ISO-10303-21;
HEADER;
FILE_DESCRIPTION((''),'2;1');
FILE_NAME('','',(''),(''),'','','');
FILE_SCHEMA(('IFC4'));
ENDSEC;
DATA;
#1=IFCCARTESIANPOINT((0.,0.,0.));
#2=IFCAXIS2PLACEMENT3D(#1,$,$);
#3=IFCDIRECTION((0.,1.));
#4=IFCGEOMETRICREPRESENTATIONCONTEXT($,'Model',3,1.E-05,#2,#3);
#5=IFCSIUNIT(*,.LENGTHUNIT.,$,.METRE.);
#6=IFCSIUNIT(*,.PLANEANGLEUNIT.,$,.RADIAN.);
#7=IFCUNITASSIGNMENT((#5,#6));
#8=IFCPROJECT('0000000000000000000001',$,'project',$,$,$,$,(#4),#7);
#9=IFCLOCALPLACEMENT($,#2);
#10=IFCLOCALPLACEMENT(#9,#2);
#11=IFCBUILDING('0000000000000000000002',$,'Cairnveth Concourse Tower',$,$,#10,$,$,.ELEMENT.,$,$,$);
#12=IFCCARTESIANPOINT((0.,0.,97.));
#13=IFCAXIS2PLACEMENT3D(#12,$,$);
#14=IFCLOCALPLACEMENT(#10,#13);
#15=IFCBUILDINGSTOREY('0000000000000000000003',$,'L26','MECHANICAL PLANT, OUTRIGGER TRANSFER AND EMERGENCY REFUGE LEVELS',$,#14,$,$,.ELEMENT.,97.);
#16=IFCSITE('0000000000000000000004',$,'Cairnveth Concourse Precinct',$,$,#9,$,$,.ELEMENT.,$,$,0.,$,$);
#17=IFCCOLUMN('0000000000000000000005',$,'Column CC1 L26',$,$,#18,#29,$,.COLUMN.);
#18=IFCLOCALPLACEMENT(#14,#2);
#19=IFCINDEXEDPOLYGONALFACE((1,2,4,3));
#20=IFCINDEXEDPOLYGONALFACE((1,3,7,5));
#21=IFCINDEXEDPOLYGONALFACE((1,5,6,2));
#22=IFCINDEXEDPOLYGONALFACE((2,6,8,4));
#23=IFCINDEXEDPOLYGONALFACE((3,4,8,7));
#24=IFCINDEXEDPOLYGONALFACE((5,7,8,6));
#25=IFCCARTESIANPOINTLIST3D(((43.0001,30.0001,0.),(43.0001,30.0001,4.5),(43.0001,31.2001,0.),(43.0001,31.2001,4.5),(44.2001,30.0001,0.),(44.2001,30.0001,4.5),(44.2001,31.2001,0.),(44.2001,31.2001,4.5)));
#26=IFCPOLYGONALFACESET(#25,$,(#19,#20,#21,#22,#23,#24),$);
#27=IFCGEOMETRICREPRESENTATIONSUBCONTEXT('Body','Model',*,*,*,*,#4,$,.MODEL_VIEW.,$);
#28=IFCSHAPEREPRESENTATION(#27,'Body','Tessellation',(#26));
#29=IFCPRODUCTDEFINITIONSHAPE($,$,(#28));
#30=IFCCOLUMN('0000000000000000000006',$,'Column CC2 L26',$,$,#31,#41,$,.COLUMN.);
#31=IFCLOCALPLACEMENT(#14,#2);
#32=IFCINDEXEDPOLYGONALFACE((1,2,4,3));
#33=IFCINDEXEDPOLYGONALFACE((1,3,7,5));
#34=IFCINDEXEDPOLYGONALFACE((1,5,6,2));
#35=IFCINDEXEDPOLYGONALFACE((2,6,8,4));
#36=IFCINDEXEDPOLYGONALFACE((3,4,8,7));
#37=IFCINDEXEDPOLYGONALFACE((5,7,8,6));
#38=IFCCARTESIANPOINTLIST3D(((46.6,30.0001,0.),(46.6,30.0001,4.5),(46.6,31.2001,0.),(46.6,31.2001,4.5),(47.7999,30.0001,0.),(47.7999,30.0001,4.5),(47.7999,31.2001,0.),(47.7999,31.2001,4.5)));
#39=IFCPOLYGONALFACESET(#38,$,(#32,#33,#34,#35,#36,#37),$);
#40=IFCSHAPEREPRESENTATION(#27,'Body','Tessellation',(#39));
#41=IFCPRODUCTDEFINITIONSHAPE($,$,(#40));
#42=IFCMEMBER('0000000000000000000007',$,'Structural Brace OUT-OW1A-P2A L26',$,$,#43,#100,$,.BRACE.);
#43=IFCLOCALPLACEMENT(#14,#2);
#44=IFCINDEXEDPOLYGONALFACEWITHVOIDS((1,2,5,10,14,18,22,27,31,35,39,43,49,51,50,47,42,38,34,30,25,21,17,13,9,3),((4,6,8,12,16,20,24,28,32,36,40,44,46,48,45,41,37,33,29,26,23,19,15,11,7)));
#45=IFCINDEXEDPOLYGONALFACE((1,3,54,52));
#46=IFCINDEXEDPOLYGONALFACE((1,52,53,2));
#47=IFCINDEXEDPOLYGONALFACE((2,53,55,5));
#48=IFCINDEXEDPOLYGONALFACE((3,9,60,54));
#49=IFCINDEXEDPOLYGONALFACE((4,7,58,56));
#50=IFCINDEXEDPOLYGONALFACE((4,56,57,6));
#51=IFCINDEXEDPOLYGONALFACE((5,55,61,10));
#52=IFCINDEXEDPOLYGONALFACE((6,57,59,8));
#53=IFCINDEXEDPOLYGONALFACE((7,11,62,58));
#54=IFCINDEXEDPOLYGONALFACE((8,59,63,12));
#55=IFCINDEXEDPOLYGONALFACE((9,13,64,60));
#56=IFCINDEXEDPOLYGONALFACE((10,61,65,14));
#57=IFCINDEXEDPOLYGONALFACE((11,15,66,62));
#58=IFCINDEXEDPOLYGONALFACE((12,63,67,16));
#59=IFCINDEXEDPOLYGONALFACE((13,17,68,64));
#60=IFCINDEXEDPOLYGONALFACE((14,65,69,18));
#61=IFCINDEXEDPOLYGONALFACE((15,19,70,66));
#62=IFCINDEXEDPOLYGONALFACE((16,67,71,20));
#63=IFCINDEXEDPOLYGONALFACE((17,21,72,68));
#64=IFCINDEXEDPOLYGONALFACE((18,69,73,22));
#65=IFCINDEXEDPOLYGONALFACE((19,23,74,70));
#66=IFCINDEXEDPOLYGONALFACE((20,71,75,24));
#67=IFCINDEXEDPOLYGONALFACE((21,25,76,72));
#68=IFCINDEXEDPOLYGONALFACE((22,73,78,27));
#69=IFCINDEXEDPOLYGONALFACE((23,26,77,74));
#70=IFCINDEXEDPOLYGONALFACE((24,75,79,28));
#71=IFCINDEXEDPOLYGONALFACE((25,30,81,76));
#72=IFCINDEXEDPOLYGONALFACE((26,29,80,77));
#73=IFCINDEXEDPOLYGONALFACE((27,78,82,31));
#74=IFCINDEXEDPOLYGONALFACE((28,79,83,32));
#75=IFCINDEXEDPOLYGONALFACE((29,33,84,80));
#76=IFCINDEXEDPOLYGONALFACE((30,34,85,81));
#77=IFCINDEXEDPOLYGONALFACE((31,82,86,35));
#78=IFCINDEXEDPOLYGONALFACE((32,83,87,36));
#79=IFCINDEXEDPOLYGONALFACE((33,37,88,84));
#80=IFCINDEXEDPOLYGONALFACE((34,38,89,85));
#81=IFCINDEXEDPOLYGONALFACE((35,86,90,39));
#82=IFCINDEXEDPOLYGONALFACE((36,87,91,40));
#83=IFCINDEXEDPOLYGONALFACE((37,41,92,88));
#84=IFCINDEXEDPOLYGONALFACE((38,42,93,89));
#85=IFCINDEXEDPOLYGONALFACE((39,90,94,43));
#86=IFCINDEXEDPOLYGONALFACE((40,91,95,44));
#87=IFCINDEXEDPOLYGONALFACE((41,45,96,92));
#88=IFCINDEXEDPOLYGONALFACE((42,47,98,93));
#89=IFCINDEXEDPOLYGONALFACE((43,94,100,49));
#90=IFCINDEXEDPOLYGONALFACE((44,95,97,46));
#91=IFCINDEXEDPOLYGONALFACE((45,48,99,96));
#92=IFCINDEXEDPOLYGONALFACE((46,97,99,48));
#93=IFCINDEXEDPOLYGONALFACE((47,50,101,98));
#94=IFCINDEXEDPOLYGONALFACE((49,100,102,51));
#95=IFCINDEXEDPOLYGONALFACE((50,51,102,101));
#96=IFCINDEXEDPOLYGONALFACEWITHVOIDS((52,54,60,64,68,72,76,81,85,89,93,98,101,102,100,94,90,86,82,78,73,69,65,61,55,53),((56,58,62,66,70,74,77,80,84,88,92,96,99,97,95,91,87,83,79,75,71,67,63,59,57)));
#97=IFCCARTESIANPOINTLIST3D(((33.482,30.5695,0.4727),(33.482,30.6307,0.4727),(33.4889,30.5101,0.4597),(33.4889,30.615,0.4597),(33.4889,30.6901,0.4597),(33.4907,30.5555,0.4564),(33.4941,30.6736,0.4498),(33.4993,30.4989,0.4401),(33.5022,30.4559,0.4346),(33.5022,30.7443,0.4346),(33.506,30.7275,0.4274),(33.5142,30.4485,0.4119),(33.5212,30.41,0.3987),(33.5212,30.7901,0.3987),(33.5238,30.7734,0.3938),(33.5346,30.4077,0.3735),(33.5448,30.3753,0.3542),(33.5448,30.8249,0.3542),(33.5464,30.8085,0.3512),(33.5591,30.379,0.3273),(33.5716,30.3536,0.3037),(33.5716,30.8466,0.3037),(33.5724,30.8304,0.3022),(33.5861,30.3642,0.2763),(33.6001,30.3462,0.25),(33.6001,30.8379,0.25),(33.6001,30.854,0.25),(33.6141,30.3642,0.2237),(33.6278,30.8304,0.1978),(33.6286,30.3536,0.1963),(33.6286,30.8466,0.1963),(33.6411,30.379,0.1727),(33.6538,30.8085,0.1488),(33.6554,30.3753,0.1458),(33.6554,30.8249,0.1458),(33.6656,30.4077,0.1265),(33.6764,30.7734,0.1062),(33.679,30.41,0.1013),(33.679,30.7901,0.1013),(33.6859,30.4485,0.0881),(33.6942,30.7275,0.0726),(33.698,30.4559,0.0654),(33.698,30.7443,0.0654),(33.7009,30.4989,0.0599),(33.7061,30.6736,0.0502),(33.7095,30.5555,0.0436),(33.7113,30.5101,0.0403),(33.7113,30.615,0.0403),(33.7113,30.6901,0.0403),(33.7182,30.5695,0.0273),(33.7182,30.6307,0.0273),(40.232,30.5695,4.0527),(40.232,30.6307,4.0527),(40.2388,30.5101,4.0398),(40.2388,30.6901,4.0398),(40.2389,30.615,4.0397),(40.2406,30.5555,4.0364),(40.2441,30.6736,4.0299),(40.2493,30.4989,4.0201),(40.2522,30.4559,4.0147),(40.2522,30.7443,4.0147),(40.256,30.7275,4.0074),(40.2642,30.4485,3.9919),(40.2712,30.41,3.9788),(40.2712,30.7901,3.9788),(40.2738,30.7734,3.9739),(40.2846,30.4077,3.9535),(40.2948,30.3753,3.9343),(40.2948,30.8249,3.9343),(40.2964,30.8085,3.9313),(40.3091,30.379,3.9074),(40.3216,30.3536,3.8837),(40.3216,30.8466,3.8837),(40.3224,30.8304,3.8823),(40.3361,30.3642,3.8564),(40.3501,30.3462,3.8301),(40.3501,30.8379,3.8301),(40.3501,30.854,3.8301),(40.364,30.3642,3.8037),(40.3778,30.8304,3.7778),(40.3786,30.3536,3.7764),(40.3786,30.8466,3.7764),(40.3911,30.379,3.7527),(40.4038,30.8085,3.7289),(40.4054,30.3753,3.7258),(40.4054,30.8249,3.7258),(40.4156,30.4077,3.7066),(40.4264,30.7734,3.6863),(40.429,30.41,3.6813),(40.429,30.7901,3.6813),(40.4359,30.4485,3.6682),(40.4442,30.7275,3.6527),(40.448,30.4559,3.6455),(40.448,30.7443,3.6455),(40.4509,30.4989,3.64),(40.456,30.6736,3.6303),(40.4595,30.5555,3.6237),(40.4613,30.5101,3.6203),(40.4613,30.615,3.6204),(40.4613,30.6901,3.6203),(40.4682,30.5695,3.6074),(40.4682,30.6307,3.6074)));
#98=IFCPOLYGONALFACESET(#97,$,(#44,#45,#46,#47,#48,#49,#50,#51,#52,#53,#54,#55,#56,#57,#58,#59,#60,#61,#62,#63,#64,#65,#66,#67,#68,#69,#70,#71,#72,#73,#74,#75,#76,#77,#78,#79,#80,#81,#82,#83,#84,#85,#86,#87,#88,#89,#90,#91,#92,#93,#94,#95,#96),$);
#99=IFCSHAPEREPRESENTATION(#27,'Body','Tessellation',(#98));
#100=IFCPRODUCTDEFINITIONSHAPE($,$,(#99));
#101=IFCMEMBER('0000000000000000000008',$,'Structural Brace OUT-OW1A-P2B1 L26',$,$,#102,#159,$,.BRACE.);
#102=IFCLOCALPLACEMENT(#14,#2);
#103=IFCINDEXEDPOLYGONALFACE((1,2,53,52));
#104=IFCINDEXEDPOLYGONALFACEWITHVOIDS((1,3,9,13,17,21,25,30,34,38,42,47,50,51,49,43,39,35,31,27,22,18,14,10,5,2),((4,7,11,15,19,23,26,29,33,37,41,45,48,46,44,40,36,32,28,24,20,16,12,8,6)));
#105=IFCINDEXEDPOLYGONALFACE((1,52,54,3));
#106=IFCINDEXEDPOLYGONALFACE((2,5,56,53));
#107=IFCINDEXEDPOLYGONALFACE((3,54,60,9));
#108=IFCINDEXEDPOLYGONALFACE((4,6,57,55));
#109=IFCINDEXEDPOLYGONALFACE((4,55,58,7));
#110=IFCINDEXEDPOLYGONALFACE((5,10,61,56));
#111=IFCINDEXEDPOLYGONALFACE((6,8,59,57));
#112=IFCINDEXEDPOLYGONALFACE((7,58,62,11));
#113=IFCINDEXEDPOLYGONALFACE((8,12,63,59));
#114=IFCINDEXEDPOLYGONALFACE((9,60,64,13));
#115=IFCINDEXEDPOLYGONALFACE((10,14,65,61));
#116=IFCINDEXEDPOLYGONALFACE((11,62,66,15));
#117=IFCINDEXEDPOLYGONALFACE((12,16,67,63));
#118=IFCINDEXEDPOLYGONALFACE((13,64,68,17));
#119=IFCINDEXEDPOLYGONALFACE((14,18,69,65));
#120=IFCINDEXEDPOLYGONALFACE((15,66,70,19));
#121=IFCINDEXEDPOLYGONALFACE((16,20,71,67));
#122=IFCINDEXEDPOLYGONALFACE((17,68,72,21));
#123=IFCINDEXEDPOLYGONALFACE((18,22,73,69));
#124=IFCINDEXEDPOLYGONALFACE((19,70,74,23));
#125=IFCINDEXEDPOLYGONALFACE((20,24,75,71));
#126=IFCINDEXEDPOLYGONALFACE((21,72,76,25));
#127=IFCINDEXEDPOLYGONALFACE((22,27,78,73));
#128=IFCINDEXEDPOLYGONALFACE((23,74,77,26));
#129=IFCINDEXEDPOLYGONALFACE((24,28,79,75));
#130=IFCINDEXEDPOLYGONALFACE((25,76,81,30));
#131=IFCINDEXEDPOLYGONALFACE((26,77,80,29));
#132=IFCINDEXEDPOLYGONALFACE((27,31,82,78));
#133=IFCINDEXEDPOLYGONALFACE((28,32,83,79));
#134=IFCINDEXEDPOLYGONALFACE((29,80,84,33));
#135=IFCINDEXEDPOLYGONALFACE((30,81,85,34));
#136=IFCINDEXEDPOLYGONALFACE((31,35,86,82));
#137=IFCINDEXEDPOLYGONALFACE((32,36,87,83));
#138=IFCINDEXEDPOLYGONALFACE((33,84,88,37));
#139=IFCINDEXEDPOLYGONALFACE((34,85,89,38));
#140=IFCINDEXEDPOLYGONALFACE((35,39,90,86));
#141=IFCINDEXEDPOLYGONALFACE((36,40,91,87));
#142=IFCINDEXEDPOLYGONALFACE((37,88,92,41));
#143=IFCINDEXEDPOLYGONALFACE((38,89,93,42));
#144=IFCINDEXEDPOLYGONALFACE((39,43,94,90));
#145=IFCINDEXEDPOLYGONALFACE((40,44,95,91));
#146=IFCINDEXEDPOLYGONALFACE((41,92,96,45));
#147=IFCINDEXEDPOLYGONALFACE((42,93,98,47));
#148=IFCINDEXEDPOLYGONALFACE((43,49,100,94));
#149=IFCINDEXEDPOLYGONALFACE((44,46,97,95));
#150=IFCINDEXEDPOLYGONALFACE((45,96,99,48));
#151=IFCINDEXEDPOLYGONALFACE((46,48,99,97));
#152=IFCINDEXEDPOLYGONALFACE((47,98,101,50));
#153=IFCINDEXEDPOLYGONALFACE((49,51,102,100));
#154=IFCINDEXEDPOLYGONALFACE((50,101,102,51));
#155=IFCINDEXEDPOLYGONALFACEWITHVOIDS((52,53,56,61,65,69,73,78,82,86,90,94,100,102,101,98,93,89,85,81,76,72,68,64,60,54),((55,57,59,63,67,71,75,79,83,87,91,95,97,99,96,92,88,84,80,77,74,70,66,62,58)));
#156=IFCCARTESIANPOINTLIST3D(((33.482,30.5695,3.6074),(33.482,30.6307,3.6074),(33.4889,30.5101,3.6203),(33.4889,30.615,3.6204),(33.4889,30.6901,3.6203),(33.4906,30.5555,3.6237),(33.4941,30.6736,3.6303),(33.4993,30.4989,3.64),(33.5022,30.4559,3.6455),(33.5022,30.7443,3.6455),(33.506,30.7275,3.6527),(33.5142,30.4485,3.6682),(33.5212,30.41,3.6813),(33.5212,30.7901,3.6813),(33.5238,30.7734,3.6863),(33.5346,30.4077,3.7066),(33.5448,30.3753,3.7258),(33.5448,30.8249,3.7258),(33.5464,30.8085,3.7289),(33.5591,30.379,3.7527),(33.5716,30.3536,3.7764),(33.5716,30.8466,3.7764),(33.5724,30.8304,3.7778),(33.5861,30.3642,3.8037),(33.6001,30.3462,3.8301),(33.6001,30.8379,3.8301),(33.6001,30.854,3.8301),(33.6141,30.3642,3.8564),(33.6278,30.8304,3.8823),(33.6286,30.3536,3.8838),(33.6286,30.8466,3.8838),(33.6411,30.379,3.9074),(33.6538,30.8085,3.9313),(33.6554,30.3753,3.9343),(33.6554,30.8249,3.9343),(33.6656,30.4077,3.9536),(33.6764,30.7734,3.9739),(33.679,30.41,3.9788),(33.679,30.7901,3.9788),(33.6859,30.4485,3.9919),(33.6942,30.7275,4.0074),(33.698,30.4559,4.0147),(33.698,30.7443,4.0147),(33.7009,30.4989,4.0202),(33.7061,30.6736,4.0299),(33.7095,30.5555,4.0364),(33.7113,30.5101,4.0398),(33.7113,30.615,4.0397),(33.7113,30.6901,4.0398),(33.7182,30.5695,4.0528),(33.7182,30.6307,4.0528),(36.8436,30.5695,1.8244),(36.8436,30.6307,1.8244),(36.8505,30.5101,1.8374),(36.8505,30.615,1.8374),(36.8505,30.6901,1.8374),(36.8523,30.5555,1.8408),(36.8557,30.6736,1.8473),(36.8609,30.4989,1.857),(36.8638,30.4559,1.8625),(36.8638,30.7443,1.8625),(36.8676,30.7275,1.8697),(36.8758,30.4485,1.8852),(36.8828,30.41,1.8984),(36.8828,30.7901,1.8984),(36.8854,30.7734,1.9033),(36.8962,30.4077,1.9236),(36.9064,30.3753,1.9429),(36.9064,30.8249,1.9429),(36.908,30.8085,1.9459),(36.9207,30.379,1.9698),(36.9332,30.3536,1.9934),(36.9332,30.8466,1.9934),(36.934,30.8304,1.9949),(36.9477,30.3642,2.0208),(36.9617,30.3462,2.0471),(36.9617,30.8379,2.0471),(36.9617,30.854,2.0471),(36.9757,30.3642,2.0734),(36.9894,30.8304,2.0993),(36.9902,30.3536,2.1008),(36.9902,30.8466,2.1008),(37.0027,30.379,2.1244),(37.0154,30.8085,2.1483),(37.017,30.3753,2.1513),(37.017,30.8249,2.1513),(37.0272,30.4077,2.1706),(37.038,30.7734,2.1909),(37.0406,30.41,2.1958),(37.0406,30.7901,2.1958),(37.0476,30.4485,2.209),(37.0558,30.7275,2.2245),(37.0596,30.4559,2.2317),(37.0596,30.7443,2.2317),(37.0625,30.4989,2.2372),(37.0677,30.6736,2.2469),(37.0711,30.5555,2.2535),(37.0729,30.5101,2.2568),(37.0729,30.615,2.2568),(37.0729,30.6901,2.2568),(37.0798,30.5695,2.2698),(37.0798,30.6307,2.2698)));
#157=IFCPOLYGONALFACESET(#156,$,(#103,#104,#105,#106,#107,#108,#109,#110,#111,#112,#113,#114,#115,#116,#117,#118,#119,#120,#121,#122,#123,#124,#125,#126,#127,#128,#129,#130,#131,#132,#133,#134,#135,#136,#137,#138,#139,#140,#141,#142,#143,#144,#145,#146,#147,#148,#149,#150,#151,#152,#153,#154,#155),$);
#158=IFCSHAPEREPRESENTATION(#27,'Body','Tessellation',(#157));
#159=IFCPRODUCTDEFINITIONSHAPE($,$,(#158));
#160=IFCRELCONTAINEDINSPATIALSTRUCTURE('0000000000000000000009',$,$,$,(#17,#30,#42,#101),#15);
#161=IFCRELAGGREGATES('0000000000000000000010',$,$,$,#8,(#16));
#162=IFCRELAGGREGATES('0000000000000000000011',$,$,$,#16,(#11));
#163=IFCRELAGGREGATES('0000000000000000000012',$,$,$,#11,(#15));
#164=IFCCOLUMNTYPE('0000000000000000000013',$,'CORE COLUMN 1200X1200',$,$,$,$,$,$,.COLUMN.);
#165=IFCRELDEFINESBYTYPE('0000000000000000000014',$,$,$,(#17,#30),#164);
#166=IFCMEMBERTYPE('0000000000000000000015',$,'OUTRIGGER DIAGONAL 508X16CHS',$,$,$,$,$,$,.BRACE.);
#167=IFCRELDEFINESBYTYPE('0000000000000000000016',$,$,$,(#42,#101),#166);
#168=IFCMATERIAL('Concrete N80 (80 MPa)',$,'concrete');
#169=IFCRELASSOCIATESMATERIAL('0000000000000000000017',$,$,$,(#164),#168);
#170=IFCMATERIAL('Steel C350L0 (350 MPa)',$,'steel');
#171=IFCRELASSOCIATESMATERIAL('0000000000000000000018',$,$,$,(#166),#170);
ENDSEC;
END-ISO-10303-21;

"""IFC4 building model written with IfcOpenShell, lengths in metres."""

from ifc_helpers import new_model, si_unit, direction, frame, origin, origin_2d, place, context, subcontext, project, spatial, rectangle, hollow_circle, extrude, material, material_profile, profile_set, type_object, element, save


model = new_model("IFC4")

# Units and contexts
model_context = context("Model", 3, precision=1e-05, world=origin(), true_north=direction((0.0, 1.0)))
body_context = subcontext(model_context, "Body", "Model", "MODEL_VIEW")
ifc_project = project(units=[si_unit("LENGTHUNIT", "METRE"), si_unit("PLANEANGLEUNIT", "RADIAN")], contexts=[model_context])

# Site, building, storey
site_placement = place(None, origin())
site = spatial("IfcSite", under=ifc_project, at=site_placement, Name="Cairnveth Concourse Precinct", CompositionType="ELEMENT", RefElevation=0.0)
building_placement = place(site_placement, origin())
building = spatial("IfcBuilding", under=site, at=building_placement, Name="Cairnveth Concourse Tower", CompositionType="ELEMENT")
storey_placement = place(building_placement, frame((0.0, 0.0, 97.0)))
storey = spatial("IfcBuildingStorey", under=building, at=storey_placement, Name="L26", Description="MECHANICAL PLANT, OUTRIGGER TRANSFER AND EMERGENCY REFUGE LEVELS", CompositionType="ELEMENT", Elevation=97.0)

# Columns
ifc_material_1 = material(Name="Concrete N80 (80 MPa)", Category="concrete")
ifc_material_profile_1 = material_profile(ifc_material_1, rectangle(XDim=1.2, YDim=1.2, at=origin_2d()), Name="RC-COL-1200x1200")
ifc_profile_set_1 = profile_set([ifc_material_profile_1], Name="Concrete N80 (80 MPa)")
column_type = type_object("IfcColumnType", Name="CORE COLUMN 1200X1200", PredefinedType="COLUMN", material=ifc_profile_set_1)
for number, where, z_axis, x_axis, name in (
    (1, (43.6001, 30.6001, 0.0), (0.0, 0.0, 1.0), (1.0, 0.0, 0.0), "Column CC1 L26"),
    (2, (47.2, 30.6001, 0.0), (0.0, 0.0, 1.0), (1.0, 0.0, 0.0), "Column CC2 L26"),
):
    element("IfcColumn", number, at=place(storey_placement, frame(where, z_axis=z_axis, x_axis=x_axis)), inside=storey, type_object=column_type, Name=name, PredefinedType="COLUMN", context=body_context, shape_type="SweptSolid", body=[
        extrude(rectangle(XDim=1.2, YDim=1.2, at=origin_2d()), origin(), (0.0, 0.0, 1.0), 4.5),
    ])

# Members
ifc_material_2 = material(Name="Steel C350L0 (350 MPa)", Category="steel")
ifc_material_profile_2 = material_profile(ifc_material_2, hollow_circle(Radius=0.2539, WallThickness=0.0161, at=origin_2d()), Name="508.0x16.0CHS")
ifc_profile_set_2 = profile_set([ifc_material_profile_2], Name="Steel C350L0 (350 MPa)")
member_type_1 = type_object("IfcMemberType", Name="OUTRIGGER DIAGONAL 508X16CHS", PredefinedType="BRACE", material=ifc_profile_set_2)
member_1_placement = place(storey_placement, frame((33.6001, 30.6001, 0.25), z_axis=(0.883433, 0.0, 0.468557), x_axis=(0.0, 1.0, 0.0)))
element("IfcMember", 3, at=member_1_placement, inside=storey, type_object=member_type_1, Name="Structural Brace OUT-OW1A-P2A L26", PredefinedType="BRACE", context=body_context, shape_type="SweptSolid", body=[
    extrude(hollow_circle(Radius=0.2539, WallThickness=0.0161, at=origin_2d()), origin(), (0.0, 0.0, 1.0), 7.6406),
])
member_2_placement = place(storey_placement, frame((33.6001, 30.6001, 3.8301), z_axis=(0.883429, 0.0, -0.468566), x_axis=(0.0, 1.0, 0.0)))
element("IfcMember", 4, at=member_2_placement, inside=storey, type_object=member_type_1, Name="Structural Brace OUT-OW1A-P2B1 L26", PredefinedType="BRACE", context=body_context, shape_type="SweptSolid", body=[
    extrude(hollow_circle(Radius=0.2539, WallThickness=0.0161, at=origin_2d()), origin(), (0.0, 0.0, 1.0), 3.8052),
])

save(model, "model.ifc")
